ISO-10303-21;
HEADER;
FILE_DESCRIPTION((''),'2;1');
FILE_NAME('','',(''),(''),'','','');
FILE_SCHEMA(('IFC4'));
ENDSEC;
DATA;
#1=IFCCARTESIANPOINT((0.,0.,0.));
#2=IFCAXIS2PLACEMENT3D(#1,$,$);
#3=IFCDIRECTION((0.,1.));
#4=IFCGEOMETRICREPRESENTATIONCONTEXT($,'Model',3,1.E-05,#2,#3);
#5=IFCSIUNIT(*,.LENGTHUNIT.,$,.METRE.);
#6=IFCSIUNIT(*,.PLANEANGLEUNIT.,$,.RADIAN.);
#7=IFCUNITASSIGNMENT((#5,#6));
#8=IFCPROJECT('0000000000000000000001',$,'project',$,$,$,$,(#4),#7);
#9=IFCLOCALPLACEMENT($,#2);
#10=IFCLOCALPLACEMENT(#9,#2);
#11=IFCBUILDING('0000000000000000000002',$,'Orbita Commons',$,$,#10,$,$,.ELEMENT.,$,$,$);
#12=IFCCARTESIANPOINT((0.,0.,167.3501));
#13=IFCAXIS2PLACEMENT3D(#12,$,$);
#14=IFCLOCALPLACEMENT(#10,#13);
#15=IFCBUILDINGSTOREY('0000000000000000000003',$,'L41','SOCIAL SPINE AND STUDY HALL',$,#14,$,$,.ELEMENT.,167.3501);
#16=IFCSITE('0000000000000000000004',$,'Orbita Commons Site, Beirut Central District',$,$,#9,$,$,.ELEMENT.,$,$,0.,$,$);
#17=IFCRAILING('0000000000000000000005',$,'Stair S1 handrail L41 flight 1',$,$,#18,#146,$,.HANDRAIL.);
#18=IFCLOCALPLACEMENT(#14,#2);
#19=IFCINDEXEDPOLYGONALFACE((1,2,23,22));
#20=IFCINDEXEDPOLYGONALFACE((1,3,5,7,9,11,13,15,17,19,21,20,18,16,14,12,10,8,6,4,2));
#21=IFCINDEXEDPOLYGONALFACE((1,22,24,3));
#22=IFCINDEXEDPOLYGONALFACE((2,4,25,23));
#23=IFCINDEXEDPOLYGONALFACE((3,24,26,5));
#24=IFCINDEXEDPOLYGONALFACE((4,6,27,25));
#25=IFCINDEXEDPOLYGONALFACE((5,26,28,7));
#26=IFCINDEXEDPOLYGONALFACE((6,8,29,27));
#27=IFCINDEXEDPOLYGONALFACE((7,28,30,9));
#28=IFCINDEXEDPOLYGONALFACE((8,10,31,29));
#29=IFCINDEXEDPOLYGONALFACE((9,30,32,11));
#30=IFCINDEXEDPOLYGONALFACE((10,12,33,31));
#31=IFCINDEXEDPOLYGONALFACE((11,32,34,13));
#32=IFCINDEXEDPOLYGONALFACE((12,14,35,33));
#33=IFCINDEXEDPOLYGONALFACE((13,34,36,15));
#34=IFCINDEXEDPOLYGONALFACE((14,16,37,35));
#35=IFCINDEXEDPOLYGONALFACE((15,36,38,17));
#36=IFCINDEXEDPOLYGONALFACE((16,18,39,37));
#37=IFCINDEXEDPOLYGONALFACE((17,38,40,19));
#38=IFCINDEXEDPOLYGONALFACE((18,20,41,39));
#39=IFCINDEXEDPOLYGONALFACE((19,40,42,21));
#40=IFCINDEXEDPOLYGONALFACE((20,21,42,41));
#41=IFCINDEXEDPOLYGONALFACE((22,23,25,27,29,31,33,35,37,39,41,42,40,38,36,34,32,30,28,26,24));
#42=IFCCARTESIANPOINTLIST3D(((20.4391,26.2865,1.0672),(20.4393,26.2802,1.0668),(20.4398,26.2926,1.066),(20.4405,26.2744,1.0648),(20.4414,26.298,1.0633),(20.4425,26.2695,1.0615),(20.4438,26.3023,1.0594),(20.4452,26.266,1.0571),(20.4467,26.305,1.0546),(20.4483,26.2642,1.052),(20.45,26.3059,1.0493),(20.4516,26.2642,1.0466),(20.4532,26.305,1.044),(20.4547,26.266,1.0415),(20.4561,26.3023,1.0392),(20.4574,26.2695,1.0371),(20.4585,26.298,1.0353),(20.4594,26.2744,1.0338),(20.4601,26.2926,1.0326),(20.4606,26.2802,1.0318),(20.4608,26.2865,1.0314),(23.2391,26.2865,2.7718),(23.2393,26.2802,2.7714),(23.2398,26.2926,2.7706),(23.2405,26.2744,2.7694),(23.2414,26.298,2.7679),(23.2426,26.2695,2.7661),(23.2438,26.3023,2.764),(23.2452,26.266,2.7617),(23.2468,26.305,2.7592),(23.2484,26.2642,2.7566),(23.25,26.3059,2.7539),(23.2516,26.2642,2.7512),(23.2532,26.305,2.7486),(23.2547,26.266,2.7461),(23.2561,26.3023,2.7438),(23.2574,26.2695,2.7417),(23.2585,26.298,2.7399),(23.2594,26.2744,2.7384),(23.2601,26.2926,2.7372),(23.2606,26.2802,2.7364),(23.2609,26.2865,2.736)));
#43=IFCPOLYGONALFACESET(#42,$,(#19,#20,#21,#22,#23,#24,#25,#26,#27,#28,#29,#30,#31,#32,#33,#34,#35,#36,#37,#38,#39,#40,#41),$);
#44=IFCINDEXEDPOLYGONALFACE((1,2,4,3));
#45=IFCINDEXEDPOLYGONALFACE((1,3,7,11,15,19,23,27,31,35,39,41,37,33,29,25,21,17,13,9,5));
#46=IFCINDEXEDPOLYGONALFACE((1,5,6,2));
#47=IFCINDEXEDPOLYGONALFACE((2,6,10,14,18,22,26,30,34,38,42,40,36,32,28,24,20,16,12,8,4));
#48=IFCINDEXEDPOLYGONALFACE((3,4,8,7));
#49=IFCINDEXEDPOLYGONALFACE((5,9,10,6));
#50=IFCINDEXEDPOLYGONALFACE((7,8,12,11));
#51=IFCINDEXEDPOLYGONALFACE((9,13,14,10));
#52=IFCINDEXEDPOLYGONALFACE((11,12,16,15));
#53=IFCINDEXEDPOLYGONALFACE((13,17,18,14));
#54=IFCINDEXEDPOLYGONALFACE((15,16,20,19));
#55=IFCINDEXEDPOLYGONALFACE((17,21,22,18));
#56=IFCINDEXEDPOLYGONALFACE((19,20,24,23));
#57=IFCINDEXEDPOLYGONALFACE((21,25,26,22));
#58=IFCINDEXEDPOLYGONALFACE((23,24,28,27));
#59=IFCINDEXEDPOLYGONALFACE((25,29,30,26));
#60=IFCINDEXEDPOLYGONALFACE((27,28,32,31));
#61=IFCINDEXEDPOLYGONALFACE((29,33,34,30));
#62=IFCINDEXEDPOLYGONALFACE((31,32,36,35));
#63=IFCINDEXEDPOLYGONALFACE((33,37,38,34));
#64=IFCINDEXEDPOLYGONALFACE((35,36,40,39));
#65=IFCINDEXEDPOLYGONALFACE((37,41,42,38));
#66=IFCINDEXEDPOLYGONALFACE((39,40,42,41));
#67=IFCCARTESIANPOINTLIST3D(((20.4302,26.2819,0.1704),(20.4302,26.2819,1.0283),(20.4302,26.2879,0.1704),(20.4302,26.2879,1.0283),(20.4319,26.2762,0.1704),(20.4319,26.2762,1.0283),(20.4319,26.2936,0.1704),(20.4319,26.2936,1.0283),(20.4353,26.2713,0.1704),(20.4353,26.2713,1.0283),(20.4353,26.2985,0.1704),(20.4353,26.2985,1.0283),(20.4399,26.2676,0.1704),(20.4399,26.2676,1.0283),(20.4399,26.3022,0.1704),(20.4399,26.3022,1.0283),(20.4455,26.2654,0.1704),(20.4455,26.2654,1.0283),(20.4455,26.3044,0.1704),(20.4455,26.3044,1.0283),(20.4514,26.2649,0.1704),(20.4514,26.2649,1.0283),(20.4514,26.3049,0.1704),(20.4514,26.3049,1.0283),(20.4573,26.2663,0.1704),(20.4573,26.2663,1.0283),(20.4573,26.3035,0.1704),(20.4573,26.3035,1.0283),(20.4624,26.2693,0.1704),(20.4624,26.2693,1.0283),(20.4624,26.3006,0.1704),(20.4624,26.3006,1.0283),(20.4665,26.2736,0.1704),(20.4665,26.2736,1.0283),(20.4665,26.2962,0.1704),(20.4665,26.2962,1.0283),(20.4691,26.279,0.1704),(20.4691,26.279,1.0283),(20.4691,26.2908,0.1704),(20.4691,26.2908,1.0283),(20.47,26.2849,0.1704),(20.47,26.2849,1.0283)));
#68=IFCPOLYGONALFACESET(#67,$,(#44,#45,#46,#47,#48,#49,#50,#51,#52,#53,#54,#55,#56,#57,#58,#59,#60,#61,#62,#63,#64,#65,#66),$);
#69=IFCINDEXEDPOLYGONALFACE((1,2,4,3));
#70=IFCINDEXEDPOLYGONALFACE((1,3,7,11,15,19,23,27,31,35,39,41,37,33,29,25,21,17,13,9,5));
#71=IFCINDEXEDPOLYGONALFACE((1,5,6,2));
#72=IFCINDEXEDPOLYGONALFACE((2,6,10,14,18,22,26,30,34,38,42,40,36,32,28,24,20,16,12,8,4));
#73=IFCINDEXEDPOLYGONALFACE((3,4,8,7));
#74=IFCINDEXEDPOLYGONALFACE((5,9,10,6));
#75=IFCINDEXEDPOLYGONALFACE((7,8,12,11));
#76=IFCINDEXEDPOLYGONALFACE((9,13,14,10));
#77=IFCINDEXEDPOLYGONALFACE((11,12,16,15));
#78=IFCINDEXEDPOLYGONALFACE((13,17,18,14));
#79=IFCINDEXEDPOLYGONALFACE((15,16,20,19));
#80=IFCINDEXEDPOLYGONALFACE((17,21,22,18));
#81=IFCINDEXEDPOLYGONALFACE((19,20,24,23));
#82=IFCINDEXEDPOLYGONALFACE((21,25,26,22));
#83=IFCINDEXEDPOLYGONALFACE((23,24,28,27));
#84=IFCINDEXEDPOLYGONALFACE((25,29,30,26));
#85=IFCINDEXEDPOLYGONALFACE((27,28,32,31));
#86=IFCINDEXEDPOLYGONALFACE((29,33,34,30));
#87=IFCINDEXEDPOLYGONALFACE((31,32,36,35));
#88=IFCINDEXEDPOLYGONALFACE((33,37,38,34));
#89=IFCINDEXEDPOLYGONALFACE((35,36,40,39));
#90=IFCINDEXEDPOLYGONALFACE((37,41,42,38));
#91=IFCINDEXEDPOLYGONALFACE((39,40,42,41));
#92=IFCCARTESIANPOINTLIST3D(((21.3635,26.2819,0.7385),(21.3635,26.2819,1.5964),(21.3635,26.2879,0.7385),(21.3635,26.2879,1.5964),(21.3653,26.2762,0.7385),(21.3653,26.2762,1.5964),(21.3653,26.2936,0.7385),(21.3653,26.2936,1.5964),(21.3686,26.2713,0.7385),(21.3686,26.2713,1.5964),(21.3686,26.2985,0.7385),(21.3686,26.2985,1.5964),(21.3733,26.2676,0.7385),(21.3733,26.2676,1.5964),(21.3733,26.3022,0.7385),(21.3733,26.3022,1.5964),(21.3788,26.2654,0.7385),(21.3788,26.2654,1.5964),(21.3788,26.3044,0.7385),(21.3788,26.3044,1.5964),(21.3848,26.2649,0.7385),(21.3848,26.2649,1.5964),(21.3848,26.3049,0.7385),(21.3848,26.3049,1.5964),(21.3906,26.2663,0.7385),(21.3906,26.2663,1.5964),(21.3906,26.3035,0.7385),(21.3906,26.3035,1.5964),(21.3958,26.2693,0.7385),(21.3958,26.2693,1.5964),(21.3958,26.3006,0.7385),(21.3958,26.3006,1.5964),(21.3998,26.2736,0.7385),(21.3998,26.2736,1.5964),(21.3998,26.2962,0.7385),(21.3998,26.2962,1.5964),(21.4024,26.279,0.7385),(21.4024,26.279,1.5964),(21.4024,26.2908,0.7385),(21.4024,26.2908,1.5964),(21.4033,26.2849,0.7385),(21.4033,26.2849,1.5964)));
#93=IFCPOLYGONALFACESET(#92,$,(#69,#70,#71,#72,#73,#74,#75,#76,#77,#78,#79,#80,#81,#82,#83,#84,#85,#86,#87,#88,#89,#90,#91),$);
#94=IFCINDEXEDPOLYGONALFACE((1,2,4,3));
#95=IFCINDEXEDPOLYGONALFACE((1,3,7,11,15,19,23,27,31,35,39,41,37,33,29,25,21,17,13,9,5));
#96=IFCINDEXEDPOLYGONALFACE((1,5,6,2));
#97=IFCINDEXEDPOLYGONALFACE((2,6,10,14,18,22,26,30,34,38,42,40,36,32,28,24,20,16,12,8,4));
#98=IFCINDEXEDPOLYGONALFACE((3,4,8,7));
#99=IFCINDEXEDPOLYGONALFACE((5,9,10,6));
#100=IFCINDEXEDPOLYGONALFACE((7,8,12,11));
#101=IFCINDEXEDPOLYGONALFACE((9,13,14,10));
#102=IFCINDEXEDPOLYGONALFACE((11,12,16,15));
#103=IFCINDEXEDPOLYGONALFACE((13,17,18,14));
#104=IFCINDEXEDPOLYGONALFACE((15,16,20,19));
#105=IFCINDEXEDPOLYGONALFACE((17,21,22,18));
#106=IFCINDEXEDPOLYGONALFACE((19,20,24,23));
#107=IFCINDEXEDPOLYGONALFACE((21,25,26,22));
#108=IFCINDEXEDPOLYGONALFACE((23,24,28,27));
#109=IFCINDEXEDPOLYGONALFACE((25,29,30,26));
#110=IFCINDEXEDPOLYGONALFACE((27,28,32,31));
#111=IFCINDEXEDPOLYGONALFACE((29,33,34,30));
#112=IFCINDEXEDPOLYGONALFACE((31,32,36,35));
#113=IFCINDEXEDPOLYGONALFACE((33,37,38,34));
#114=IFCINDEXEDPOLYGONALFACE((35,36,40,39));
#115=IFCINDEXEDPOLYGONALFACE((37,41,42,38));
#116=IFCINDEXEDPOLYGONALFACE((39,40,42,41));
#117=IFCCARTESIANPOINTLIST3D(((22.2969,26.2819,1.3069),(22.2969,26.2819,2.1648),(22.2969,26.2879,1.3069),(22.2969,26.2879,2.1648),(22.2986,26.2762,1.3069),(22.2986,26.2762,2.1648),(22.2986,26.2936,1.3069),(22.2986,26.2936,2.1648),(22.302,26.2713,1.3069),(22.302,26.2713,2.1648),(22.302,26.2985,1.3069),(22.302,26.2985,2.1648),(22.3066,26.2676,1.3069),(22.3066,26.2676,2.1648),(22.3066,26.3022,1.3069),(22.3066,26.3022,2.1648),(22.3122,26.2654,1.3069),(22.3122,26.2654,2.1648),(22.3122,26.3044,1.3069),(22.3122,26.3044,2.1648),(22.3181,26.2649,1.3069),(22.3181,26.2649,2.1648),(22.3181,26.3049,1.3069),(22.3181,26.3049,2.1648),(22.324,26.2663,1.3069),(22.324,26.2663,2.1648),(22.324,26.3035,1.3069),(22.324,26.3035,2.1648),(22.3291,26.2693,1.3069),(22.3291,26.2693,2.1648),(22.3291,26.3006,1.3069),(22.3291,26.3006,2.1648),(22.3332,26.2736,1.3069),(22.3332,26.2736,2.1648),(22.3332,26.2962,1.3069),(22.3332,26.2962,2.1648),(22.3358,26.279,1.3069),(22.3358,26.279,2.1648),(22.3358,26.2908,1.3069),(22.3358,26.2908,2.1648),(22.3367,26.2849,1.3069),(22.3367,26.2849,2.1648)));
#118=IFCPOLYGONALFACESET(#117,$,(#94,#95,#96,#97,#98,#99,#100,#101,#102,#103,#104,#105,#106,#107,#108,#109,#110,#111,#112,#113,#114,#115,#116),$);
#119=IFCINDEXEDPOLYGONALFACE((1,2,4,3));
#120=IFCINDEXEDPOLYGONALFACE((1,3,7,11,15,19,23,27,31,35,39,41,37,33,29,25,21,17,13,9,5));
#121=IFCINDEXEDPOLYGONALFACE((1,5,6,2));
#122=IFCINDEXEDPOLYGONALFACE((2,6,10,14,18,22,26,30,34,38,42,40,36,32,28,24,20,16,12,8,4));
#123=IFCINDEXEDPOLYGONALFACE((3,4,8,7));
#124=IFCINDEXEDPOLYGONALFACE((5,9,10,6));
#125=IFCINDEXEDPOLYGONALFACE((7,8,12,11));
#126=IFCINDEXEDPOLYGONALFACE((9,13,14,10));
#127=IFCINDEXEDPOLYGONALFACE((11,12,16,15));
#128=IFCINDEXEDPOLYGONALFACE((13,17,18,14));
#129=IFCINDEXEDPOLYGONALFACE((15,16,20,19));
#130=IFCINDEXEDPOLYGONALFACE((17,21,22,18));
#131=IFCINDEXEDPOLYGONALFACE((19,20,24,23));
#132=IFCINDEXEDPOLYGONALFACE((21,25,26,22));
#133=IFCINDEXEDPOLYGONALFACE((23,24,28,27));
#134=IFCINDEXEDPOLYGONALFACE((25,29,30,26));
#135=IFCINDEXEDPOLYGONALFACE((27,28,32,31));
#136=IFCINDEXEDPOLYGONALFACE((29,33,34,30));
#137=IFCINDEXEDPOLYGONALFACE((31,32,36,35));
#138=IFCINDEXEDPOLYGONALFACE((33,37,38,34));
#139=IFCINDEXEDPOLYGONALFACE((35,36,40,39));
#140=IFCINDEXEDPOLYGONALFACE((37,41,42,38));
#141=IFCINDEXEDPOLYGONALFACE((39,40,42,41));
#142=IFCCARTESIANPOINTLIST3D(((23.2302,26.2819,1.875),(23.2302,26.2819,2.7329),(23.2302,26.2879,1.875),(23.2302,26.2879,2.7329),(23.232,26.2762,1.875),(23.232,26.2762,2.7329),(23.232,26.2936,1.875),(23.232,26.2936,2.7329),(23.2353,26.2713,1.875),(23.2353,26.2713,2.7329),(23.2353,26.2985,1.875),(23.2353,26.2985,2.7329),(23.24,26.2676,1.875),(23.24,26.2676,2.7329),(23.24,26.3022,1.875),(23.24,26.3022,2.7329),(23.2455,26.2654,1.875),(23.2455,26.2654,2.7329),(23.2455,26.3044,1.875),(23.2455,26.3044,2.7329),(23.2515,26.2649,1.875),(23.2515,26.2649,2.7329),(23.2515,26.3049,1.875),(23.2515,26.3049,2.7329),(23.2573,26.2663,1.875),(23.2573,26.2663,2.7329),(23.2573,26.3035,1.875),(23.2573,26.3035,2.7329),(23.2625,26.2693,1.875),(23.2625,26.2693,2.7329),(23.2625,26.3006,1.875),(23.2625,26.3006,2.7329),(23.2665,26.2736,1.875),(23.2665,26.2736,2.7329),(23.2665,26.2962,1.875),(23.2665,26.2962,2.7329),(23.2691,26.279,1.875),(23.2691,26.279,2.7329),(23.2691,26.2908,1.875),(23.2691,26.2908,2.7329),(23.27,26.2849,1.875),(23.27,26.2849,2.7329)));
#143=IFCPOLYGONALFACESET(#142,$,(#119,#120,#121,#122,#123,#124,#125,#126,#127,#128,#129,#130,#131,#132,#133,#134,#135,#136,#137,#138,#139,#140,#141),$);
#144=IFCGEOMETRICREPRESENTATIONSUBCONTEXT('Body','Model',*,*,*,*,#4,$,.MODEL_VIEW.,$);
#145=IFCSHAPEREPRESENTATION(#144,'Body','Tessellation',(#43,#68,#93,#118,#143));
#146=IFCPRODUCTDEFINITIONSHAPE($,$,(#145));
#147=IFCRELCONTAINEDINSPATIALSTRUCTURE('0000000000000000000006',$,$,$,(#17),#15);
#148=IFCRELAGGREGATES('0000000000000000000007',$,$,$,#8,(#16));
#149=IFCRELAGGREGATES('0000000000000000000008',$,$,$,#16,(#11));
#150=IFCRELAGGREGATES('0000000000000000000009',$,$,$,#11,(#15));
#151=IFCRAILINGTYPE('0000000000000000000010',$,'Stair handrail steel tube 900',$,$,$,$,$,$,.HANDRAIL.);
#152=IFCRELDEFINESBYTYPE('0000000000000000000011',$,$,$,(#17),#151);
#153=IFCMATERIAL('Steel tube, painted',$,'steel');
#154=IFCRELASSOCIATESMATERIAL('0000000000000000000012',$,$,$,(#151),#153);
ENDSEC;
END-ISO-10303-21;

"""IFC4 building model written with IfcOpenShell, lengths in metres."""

from ifc_helpers import new_model, si_unit, direction, frame, origin, origin_2d, place, context, subcontext, project, spatial, circle, extrude, material, type_object, element, save


model = new_model("IFC4")

# Units and contexts
model_context = context("Model", 3, precision=1e-05, world=origin(), true_north=direction((0.0, 1.0)))
body_context = subcontext(model_context, "Body", "Model", "MODEL_VIEW")
ifc_project = project(units=[si_unit("LENGTHUNIT", "METRE"), si_unit("PLANEANGLEUNIT", "RADIAN")], contexts=[model_context])

# Site, building, storey
site_placement = place(None, origin())
site = spatial("IfcSite", under=ifc_project, at=site_placement, Name="Orbita Commons Site, Beirut Central District", CompositionType="ELEMENT", RefElevation=0.0)
building_placement = place(site_placement, origin())
building = spatial("IfcBuilding", under=site, at=building_placement, Name="Orbita Commons", CompositionType="ELEMENT")
storey_placement = place(building_placement, frame((0.0, 0.0, 167.3501)))
storey = spatial("IfcBuildingStorey", under=building, at=storey_placement, Name="L41", Description="SOCIAL SPINE AND STUDY HALL", CompositionType="ELEMENT", Elevation=167.3501)

# Railing
ifc_material_1 = material(Name="Steel tube, painted", Category="steel")
railing_type = type_object("IfcRailingType", Name="Stair handrail steel tube 900", PredefinedType="HANDRAIL", material=ifc_material_1)
railing_placement = place(storey_placement, frame((20.45, 26.2849, 0.1704)))
element("IfcRailing", 1, at=railing_placement, inside=storey, type_object=railing_type, Name="Stair S1 handrail L41 flight 1", PredefinedType="HANDRAIL", context=body_context, shape_type="SweptSolid", body=[
    extrude(circle(Radius=0.021, at=origin_2d()), frame((0.0, 0.0, 0.8789), z_axis=(0.85417, 0.0, 0.519994), x_axis=(0.0, 1.0, 0.0)), (0.0, 0.0, 1.0), 3.2781),
    extrude(circle(Radius=0.02, at=origin_2d()), origin(), (0.0, 0.0, 1.0), 0.8579),
    extrude(circle(Radius=0.02, at=origin_2d()), frame((0.9333, 0.0, 0.5681)), (0.0, 0.0, 1.0), 0.8579),
    extrude(circle(Radius=0.02, at=origin_2d()), frame((1.8667, 0.0, 1.1365)), (0.0, 0.0, 1.0), 0.8579),
    extrude(circle(Radius=0.02, at=origin_2d()), frame((2.8, 0.0, 1.7046)), (0.0, 0.0, 1.0), 0.8579),
])

save(model, "model.ifc")
